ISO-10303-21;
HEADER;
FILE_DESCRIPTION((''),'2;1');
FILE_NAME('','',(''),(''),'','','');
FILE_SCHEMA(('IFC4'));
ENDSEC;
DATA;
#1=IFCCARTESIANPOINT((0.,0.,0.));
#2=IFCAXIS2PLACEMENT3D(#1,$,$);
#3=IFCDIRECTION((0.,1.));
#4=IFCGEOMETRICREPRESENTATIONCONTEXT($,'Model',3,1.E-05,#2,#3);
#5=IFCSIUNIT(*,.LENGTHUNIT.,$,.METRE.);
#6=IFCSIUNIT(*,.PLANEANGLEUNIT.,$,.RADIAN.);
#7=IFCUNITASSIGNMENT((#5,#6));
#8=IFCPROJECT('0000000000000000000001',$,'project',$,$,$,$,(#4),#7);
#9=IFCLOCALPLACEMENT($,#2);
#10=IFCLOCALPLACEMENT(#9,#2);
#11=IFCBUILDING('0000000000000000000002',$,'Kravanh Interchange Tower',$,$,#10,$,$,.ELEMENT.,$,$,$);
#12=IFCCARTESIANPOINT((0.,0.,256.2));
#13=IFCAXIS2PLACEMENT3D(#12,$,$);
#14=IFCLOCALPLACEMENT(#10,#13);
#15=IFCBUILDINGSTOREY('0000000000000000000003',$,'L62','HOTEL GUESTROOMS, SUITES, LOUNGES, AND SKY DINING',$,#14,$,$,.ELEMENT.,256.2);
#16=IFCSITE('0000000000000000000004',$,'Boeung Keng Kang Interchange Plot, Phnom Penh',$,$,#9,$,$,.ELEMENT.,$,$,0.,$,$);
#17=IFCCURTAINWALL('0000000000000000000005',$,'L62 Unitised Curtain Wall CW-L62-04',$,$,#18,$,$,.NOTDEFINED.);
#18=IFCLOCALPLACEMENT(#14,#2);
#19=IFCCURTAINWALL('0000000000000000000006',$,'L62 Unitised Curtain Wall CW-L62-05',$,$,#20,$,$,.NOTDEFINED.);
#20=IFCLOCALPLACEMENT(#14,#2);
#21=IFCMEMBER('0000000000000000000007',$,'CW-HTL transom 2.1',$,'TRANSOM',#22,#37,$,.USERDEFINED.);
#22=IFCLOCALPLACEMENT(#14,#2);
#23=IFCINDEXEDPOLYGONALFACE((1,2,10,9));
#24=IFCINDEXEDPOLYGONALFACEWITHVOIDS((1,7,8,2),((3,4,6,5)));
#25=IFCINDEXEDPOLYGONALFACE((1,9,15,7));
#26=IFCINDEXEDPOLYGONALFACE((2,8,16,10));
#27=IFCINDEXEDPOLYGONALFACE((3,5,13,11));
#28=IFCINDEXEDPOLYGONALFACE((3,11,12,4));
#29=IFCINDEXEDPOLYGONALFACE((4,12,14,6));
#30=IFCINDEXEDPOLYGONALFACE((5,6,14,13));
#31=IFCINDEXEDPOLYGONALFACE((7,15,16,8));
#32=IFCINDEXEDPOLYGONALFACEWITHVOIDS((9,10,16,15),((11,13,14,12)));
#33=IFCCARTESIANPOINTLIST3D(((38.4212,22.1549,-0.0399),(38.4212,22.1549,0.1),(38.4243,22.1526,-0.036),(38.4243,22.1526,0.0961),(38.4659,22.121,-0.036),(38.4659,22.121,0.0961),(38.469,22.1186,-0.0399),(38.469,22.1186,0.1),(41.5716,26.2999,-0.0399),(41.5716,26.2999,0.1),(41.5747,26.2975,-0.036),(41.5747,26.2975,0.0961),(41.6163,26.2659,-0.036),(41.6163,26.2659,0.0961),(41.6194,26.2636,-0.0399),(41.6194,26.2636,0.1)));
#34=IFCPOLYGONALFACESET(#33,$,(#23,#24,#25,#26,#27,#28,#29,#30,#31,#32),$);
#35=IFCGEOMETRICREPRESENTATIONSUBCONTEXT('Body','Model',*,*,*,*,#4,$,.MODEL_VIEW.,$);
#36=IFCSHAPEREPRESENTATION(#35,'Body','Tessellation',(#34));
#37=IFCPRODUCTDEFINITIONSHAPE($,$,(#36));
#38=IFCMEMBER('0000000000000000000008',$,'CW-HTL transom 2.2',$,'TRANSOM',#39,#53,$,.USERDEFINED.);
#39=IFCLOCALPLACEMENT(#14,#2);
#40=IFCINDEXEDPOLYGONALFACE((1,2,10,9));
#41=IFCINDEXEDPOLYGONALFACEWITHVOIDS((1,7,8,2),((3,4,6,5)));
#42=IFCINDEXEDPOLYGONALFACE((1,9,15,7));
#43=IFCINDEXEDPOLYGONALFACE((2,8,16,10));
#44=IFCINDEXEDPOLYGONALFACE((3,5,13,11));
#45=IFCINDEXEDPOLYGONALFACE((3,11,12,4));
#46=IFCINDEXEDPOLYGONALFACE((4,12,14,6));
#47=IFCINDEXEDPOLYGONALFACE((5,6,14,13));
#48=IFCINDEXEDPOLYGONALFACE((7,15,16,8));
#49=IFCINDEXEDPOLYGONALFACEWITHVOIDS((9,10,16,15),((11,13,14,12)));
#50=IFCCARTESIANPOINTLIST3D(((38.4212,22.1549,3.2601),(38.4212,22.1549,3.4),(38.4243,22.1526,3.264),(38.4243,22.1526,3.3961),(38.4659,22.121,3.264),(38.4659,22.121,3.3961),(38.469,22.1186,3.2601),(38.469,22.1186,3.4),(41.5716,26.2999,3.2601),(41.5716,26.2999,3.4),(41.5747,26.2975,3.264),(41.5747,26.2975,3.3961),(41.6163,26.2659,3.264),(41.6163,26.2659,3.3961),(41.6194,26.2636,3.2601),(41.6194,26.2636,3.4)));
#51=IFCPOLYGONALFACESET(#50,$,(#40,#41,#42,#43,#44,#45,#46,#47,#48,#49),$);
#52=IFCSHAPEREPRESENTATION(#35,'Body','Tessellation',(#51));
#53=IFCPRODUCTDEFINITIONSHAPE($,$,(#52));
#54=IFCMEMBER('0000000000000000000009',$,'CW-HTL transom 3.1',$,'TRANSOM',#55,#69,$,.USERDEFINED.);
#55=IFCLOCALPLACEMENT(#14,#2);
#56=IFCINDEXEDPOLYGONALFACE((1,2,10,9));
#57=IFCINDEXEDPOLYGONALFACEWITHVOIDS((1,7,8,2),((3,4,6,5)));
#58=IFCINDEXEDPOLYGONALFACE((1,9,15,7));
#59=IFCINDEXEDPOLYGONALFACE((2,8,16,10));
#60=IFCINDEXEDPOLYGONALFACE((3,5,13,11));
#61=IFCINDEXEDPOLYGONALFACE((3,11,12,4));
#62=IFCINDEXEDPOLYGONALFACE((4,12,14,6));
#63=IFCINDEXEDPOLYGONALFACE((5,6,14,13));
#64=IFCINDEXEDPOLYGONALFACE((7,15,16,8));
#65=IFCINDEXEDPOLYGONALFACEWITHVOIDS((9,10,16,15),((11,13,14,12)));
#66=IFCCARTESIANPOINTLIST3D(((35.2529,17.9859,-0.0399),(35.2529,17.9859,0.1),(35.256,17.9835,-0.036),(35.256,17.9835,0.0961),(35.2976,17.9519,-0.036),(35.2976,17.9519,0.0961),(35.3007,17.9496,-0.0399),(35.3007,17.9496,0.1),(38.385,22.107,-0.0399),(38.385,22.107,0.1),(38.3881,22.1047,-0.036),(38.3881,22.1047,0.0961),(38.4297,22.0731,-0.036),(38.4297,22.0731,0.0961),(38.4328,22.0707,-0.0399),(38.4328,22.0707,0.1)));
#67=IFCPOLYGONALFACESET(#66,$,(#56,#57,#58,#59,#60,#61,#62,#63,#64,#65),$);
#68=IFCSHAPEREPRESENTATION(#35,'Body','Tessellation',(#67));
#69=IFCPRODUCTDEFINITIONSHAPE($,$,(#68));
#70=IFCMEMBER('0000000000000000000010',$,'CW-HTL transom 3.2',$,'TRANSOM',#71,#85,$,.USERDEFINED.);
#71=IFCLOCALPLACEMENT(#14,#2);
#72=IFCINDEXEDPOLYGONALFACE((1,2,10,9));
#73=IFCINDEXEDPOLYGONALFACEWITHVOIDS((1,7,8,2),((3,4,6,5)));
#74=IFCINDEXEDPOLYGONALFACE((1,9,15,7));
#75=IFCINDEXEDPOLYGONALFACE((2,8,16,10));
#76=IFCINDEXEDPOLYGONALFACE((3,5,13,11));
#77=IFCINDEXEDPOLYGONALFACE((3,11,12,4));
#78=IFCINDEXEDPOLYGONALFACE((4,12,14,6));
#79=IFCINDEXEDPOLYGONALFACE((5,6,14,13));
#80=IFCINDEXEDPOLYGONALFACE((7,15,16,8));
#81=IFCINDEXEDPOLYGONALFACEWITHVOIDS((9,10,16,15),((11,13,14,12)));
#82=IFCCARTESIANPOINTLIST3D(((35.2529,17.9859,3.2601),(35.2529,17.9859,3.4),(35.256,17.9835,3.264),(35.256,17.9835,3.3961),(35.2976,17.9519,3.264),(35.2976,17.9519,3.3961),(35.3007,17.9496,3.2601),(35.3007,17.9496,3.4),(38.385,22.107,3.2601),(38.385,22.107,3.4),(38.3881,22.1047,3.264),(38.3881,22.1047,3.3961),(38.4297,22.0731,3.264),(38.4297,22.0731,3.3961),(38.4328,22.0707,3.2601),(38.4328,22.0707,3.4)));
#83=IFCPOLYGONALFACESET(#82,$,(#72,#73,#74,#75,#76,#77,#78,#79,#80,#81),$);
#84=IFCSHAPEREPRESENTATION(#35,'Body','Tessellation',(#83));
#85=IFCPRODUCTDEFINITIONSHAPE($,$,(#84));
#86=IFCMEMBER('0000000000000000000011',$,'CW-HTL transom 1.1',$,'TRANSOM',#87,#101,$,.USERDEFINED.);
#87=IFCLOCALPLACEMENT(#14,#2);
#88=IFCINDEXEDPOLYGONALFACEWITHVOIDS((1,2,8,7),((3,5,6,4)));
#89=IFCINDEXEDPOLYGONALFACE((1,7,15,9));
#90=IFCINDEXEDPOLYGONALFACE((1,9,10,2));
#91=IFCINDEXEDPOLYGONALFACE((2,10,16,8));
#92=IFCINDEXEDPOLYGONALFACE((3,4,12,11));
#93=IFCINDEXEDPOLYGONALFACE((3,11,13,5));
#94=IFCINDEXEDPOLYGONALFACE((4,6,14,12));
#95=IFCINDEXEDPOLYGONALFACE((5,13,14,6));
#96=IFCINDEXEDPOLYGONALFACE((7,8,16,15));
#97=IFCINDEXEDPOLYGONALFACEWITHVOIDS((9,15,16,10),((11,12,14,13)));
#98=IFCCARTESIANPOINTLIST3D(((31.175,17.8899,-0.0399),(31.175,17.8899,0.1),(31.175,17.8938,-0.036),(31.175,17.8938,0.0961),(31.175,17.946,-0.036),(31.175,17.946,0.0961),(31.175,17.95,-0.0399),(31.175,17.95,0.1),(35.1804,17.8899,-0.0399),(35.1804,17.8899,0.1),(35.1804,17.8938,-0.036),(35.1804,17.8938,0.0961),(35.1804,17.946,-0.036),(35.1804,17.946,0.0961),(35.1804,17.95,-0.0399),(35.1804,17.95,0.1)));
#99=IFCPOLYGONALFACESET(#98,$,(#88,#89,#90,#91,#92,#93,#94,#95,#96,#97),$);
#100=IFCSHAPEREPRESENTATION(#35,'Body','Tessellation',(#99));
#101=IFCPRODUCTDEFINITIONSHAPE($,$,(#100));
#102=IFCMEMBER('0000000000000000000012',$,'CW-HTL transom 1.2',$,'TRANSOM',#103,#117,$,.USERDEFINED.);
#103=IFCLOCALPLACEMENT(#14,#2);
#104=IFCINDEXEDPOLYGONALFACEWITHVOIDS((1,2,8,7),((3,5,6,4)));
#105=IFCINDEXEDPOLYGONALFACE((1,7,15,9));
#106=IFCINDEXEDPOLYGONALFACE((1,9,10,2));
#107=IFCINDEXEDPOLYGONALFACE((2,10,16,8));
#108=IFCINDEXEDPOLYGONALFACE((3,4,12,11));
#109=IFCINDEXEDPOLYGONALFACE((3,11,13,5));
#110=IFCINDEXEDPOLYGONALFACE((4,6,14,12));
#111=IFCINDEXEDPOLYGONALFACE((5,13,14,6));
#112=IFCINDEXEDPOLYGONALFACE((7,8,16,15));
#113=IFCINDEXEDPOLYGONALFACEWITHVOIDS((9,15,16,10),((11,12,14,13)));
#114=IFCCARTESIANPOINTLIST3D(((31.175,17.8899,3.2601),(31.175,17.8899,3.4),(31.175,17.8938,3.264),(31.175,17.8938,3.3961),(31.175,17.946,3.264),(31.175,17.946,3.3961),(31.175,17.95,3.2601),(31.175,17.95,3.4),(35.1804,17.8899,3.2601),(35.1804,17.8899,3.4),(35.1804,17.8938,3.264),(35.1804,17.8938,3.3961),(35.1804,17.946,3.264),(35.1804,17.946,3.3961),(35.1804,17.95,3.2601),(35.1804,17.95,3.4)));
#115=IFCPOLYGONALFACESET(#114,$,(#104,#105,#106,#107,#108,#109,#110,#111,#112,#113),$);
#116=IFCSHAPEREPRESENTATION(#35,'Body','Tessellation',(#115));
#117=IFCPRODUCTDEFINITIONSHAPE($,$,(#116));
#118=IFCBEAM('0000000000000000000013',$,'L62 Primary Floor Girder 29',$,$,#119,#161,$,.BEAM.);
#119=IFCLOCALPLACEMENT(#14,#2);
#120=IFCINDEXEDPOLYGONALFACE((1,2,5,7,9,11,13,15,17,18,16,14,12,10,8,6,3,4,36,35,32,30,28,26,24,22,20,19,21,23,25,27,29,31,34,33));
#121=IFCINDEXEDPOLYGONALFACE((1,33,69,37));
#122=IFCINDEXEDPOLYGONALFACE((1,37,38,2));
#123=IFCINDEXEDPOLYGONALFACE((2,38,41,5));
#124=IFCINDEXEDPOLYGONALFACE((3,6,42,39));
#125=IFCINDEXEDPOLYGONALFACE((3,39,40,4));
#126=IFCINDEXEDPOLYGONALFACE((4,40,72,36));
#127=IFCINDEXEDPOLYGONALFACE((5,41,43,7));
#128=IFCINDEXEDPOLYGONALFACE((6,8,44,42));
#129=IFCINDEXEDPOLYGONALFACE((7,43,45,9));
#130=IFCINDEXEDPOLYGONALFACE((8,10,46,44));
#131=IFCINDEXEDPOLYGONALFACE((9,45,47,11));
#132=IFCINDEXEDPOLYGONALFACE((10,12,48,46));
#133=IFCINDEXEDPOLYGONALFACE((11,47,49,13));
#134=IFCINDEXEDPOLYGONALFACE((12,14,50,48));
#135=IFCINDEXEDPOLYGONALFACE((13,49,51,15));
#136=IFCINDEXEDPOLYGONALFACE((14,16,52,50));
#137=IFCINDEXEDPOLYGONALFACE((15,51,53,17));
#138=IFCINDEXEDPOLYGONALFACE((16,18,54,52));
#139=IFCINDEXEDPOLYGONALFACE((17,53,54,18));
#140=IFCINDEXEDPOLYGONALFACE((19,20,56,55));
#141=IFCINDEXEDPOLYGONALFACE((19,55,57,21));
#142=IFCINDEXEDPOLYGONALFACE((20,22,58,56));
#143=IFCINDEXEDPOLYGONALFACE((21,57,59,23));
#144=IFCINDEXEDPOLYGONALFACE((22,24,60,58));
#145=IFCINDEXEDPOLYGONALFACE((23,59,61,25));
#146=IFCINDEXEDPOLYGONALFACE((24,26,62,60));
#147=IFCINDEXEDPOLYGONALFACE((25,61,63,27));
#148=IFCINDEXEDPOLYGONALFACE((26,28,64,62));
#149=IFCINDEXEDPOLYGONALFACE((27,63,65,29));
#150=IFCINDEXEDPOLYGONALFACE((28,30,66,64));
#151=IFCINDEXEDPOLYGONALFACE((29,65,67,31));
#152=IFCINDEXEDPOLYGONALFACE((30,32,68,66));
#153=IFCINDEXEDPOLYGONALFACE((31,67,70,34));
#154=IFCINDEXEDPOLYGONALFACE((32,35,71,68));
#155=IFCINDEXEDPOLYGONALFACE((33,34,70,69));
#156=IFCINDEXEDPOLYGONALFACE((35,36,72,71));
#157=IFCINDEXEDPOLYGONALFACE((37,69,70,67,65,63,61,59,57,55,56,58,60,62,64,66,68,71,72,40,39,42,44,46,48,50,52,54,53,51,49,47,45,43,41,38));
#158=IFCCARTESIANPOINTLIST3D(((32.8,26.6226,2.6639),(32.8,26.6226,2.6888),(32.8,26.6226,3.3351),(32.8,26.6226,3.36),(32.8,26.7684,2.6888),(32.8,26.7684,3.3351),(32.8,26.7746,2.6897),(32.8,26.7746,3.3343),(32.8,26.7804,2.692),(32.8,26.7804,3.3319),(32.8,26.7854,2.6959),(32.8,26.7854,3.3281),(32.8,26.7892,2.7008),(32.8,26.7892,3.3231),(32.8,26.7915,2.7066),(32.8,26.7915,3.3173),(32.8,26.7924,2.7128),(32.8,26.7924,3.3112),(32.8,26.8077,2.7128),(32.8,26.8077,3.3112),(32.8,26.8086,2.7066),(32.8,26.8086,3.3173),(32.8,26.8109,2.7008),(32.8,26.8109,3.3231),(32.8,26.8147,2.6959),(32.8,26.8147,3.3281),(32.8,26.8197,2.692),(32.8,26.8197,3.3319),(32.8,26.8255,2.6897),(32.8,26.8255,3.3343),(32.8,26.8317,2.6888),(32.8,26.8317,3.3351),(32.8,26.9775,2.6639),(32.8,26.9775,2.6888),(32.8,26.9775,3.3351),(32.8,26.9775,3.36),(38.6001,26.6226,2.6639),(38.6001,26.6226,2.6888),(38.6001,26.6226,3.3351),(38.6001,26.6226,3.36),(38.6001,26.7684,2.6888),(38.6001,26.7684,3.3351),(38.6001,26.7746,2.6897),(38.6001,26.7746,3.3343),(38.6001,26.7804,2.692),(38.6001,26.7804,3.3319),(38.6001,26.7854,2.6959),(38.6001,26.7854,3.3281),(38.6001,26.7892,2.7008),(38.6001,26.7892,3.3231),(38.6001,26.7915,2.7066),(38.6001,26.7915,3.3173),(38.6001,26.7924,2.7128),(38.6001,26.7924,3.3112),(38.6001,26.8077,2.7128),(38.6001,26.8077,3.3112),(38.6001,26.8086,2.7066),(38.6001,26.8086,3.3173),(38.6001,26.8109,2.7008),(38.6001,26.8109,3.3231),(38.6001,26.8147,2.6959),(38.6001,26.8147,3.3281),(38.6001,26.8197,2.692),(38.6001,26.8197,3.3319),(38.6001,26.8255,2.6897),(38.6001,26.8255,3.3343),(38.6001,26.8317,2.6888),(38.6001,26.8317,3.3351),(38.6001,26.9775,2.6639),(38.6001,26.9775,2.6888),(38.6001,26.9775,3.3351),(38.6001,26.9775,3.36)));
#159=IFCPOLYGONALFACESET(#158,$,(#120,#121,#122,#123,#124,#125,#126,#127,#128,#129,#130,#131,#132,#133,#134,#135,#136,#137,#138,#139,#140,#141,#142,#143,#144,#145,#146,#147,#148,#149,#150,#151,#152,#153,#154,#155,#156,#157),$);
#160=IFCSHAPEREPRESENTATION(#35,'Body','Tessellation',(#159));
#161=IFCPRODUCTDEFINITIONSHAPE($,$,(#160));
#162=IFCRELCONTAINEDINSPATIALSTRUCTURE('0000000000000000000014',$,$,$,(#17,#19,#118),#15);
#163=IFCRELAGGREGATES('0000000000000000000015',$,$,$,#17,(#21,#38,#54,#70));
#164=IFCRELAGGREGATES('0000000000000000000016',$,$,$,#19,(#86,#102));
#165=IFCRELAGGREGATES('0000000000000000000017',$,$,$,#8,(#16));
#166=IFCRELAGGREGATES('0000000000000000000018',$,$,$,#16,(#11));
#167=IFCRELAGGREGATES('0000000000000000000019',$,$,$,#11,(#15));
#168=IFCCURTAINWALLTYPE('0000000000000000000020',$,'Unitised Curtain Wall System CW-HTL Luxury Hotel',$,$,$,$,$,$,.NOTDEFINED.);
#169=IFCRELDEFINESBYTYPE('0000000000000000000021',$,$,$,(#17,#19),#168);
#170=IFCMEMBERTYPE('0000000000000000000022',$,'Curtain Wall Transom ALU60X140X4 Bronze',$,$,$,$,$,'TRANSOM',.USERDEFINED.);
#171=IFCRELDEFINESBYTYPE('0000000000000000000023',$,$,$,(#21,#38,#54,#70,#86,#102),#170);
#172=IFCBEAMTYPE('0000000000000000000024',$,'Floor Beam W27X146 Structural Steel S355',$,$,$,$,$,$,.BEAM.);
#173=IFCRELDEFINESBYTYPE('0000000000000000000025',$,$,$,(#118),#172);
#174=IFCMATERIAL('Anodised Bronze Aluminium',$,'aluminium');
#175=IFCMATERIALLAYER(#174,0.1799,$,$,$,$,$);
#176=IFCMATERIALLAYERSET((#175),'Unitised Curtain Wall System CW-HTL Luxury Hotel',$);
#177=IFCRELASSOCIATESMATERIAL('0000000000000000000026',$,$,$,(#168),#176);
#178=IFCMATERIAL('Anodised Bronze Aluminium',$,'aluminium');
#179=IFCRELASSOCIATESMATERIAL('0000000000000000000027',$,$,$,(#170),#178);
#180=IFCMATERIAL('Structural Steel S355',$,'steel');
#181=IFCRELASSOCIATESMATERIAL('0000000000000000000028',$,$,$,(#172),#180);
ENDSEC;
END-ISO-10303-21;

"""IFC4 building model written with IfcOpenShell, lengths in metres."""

from ifc_helpers import new_model, si_unit, direction, frame, origin, origin_2d, place, context, subcontext, project, spatial, hollow_rectangle, i_section, extrude, material, layer, layer_set, material_profile, profile_set, type_object, element, aggregate, save


model = new_model("IFC4")

# Units and contexts
model_context = context("Model", 3, precision=1e-05, world=origin(), true_north=direction((0.0, 1.0)))
body_context = subcontext(model_context, "Body", "Model", "MODEL_VIEW")
ifc_project = project(units=[si_unit("LENGTHUNIT", "METRE"), si_unit("PLANEANGLEUNIT", "RADIAN")], contexts=[model_context])

# Site, building, storey
site_placement = place(None, origin())
site = spatial("IfcSite", under=ifc_project, at=site_placement, Name="Boeung Keng Kang Interchange Plot, Phnom Penh", CompositionType="ELEMENT", RefElevation=0.0)
building_placement = place(site_placement, origin())
building = spatial("IfcBuilding", under=site, at=building_placement, Name="Kravanh Interchange Tower", CompositionType="ELEMENT")
storey_placement = place(building_placement, frame((0.0, 0.0, 256.2)))
storey = spatial("IfcBuildingStorey", under=building, at=storey_placement, Name="L62", Description="HOTEL GUESTROOMS, SUITES, LOUNGES, AND SKY DINING", CompositionType="ELEMENT", Elevation=256.2)

# Shared definitions
ifc_material_1 = material(Name="Anodised Bronze Aluminium", Category="aluminium")
ifc_layer_1 = layer(ifc_material_1, 0.1799)
ifc_layer_set_1 = layer_set([ifc_layer_1], Name="Unitised Curtain Wall System CW-HTL Luxury Hotel")
curtain_wall_type = type_object("IfcCurtainWallType", Name="Unitised Curtain Wall System CW-HTL Luxury Hotel", PredefinedType="NOTDEFINED", material=ifc_layer_set_1)

# Curtain wall
curtain_wall_1_placement = place(storey_placement, origin())
curtain_wall_1 = element("IfcCurtainWall", 1, at=curtain_wall_1_placement, inside=storey, type_object=curtain_wall_type, Name="L62 Unitised Curtain Wall CW-L62-04", PredefinedType="NOTDEFINED")

# Curtain wall
curtain_wall_2_placement = place(storey_placement, origin())
curtain_wall_2 = element("IfcCurtainWall", 2, at=curtain_wall_2_placement, inside=storey, type_object=curtain_wall_type, Name="L62 Unitised Curtain Wall CW-L62-05", PredefinedType="NOTDEFINED")

# Members
ifc_material_2 = material(Name="Anodised Bronze Aluminium", Category="aluminium")
ifc_material_profile_1 = material_profile(ifc_material_2, hollow_rectangle(XDim=0.0601, YDim=0.1399, WallThickness=0.0039, at=origin_2d()), Name="ALU60X140X4")
ifc_profile_set_1 = profile_set([ifc_material_profile_1], Name="Anodised Bronze Aluminium")
member_type_1 = type_object("IfcMemberType", Name="Curtain Wall Transom ALU60X140X4 Bronze", ElementType="TRANSOM", PredefinedType="USERDEFINED", material=ifc_profile_set_1)
member_1_placement = place(storey_placement, frame((41.5955, 26.2817, 0.03), z_axis=(-0.605105, -0.796146, 0.0), x_axis=(0.796146, -0.605105, 0.0)))
member_1 = element("IfcMember", 3, at=member_1_placement, type_object=member_type_1, Name="CW-HTL transom 2.1", ObjectType="TRANSOM", PredefinedType="USERDEFINED", context=body_context, shape_type="SweptSolid", body=[
    extrude(hollow_rectangle(XDim=0.0601, YDim=0.1399, WallThickness=0.0039, at=origin_2d()), origin(), (0.0, 0.0, 1.0), 5.2063),
])
member_2_placement = place(storey_placement, frame((41.5955, 26.2817, 3.3301), z_axis=(-0.605105, -0.796146, 0.0), x_axis=(0.796146, -0.605105, 0.0)))
member_2 = element("IfcMember", 4, at=member_2_placement, type_object=member_type_1, Name="CW-HTL transom 2.2", ObjectType="TRANSOM", PredefinedType="USERDEFINED", context=body_context, shape_type="SweptSolid", body=[
    extrude(hollow_rectangle(XDim=0.0601, YDim=0.1399, WallThickness=0.0039, at=origin_2d()), origin(), (0.0, 0.0, 1.0), 5.2063),
])
member_3_placement = place(storey_placement, frame((38.4089, 22.0889, 0.03), z_axis=(-0.605089, -0.796158, 0.0), x_axis=(0.796158, -0.605089, 0.0)))
member_3 = element("IfcMember", 5, at=member_3_placement, type_object=member_type_1, Name="CW-HTL transom 3.1", ObjectType="TRANSOM", PredefinedType="USERDEFINED", context=body_context, shape_type="SweptSolid", body=[
    extrude(hollow_rectangle(XDim=0.0601, YDim=0.1399, WallThickness=0.0039, at=origin_2d()), origin(), (0.0, 0.0, 1.0), 5.1763),
])
member_4_placement = place(storey_placement, frame((38.4089, 22.0889, 3.3301), z_axis=(-0.605089, -0.796158, 0.0), x_axis=(0.796158, -0.605089, 0.0)))
member_4 = element("IfcMember", 6, at=member_4_placement, type_object=member_type_1, Name="CW-HTL transom 3.2", ObjectType="TRANSOM", PredefinedType="USERDEFINED", context=body_context, shape_type="SweptSolid", body=[
    extrude(hollow_rectangle(XDim=0.0601, YDim=0.1399, WallThickness=0.0039, at=origin_2d()), origin(), (0.0, 0.0, 1.0), 5.1763),
])
member_5_placement = place(storey_placement, frame((35.1804, 17.9199, 0.03), z_axis=(-1.0, 0.0, 0.0), x_axis=(0.0, -1.0, 0.0)))
member_5 = element("IfcMember", 7, at=member_5_placement, type_object=member_type_1, Name="CW-HTL transom 1.1", ObjectType="TRANSOM", PredefinedType="USERDEFINED", context=body_context, shape_type="SweptSolid", body=[
    extrude(hollow_rectangle(XDim=0.0601, YDim=0.1399, WallThickness=0.0039, at=origin_2d()), origin(), (0.0, 0.0, 1.0), 4.0054),
])
member_6_placement = place(storey_placement, frame((35.1804, 17.9199, 3.3301), z_axis=(-1.0, 0.0, 0.0), x_axis=(0.0, -1.0, 0.0)))
member_6 = element("IfcMember", 8, at=member_6_placement, type_object=member_type_1, Name="CW-HTL transom 1.2", ObjectType="TRANSOM", PredefinedType="USERDEFINED", context=body_context, shape_type="SweptSolid", body=[
    extrude(hollow_rectangle(XDim=0.0601, YDim=0.1399, WallThickness=0.0039, at=origin_2d()), origin(), (0.0, 0.0, 1.0), 4.0054),
])

# Beam
ifc_material_3 = material(Name="Structural Steel S355", Category="steel")
ifc_material_profile_2 = material_profile(ifc_material_3, i_section(OverallWidth=0.355, OverallDepth=0.696, WebThickness=0.0154, FlangeThickness=0.0249, FilletRadius=0.0239, at=origin_2d()), Name="W27X146")
ifc_profile_set_2 = profile_set([ifc_material_profile_2], Name="Structural Steel S355")
beam_type_1 = type_object("IfcBeamType", Name="Floor Beam W27X146 Structural Steel S355", PredefinedType="BEAM", material=ifc_profile_set_2)
beam_1_placement = place(storey_placement, frame((38.6001, 26.8, 3.012), z_axis=(-1.0, 0.0, 0.0), x_axis=(0.0, -1.0, 0.0)))
element("IfcBeam", 9, at=beam_1_placement, inside=storey, type_object=beam_type_1, Name="L62 Primary Floor Girder 29", PredefinedType="BEAM", context=body_context, shape_type="SweptSolid", body=[
    extrude(i_section(OverallWidth=0.355, OverallDepth=0.696, WebThickness=0.0154, FlangeThickness=0.0249, FilletRadius=0.0239, at=origin_2d()), origin(), (0.0, 0.0, 1.0), 5.8),
])

aggregate(curtain_wall_1, [member_1, member_2, member_3, member_4])
aggregate(curtain_wall_2, [member_5, member_6])

save(model, "model.ifc")
